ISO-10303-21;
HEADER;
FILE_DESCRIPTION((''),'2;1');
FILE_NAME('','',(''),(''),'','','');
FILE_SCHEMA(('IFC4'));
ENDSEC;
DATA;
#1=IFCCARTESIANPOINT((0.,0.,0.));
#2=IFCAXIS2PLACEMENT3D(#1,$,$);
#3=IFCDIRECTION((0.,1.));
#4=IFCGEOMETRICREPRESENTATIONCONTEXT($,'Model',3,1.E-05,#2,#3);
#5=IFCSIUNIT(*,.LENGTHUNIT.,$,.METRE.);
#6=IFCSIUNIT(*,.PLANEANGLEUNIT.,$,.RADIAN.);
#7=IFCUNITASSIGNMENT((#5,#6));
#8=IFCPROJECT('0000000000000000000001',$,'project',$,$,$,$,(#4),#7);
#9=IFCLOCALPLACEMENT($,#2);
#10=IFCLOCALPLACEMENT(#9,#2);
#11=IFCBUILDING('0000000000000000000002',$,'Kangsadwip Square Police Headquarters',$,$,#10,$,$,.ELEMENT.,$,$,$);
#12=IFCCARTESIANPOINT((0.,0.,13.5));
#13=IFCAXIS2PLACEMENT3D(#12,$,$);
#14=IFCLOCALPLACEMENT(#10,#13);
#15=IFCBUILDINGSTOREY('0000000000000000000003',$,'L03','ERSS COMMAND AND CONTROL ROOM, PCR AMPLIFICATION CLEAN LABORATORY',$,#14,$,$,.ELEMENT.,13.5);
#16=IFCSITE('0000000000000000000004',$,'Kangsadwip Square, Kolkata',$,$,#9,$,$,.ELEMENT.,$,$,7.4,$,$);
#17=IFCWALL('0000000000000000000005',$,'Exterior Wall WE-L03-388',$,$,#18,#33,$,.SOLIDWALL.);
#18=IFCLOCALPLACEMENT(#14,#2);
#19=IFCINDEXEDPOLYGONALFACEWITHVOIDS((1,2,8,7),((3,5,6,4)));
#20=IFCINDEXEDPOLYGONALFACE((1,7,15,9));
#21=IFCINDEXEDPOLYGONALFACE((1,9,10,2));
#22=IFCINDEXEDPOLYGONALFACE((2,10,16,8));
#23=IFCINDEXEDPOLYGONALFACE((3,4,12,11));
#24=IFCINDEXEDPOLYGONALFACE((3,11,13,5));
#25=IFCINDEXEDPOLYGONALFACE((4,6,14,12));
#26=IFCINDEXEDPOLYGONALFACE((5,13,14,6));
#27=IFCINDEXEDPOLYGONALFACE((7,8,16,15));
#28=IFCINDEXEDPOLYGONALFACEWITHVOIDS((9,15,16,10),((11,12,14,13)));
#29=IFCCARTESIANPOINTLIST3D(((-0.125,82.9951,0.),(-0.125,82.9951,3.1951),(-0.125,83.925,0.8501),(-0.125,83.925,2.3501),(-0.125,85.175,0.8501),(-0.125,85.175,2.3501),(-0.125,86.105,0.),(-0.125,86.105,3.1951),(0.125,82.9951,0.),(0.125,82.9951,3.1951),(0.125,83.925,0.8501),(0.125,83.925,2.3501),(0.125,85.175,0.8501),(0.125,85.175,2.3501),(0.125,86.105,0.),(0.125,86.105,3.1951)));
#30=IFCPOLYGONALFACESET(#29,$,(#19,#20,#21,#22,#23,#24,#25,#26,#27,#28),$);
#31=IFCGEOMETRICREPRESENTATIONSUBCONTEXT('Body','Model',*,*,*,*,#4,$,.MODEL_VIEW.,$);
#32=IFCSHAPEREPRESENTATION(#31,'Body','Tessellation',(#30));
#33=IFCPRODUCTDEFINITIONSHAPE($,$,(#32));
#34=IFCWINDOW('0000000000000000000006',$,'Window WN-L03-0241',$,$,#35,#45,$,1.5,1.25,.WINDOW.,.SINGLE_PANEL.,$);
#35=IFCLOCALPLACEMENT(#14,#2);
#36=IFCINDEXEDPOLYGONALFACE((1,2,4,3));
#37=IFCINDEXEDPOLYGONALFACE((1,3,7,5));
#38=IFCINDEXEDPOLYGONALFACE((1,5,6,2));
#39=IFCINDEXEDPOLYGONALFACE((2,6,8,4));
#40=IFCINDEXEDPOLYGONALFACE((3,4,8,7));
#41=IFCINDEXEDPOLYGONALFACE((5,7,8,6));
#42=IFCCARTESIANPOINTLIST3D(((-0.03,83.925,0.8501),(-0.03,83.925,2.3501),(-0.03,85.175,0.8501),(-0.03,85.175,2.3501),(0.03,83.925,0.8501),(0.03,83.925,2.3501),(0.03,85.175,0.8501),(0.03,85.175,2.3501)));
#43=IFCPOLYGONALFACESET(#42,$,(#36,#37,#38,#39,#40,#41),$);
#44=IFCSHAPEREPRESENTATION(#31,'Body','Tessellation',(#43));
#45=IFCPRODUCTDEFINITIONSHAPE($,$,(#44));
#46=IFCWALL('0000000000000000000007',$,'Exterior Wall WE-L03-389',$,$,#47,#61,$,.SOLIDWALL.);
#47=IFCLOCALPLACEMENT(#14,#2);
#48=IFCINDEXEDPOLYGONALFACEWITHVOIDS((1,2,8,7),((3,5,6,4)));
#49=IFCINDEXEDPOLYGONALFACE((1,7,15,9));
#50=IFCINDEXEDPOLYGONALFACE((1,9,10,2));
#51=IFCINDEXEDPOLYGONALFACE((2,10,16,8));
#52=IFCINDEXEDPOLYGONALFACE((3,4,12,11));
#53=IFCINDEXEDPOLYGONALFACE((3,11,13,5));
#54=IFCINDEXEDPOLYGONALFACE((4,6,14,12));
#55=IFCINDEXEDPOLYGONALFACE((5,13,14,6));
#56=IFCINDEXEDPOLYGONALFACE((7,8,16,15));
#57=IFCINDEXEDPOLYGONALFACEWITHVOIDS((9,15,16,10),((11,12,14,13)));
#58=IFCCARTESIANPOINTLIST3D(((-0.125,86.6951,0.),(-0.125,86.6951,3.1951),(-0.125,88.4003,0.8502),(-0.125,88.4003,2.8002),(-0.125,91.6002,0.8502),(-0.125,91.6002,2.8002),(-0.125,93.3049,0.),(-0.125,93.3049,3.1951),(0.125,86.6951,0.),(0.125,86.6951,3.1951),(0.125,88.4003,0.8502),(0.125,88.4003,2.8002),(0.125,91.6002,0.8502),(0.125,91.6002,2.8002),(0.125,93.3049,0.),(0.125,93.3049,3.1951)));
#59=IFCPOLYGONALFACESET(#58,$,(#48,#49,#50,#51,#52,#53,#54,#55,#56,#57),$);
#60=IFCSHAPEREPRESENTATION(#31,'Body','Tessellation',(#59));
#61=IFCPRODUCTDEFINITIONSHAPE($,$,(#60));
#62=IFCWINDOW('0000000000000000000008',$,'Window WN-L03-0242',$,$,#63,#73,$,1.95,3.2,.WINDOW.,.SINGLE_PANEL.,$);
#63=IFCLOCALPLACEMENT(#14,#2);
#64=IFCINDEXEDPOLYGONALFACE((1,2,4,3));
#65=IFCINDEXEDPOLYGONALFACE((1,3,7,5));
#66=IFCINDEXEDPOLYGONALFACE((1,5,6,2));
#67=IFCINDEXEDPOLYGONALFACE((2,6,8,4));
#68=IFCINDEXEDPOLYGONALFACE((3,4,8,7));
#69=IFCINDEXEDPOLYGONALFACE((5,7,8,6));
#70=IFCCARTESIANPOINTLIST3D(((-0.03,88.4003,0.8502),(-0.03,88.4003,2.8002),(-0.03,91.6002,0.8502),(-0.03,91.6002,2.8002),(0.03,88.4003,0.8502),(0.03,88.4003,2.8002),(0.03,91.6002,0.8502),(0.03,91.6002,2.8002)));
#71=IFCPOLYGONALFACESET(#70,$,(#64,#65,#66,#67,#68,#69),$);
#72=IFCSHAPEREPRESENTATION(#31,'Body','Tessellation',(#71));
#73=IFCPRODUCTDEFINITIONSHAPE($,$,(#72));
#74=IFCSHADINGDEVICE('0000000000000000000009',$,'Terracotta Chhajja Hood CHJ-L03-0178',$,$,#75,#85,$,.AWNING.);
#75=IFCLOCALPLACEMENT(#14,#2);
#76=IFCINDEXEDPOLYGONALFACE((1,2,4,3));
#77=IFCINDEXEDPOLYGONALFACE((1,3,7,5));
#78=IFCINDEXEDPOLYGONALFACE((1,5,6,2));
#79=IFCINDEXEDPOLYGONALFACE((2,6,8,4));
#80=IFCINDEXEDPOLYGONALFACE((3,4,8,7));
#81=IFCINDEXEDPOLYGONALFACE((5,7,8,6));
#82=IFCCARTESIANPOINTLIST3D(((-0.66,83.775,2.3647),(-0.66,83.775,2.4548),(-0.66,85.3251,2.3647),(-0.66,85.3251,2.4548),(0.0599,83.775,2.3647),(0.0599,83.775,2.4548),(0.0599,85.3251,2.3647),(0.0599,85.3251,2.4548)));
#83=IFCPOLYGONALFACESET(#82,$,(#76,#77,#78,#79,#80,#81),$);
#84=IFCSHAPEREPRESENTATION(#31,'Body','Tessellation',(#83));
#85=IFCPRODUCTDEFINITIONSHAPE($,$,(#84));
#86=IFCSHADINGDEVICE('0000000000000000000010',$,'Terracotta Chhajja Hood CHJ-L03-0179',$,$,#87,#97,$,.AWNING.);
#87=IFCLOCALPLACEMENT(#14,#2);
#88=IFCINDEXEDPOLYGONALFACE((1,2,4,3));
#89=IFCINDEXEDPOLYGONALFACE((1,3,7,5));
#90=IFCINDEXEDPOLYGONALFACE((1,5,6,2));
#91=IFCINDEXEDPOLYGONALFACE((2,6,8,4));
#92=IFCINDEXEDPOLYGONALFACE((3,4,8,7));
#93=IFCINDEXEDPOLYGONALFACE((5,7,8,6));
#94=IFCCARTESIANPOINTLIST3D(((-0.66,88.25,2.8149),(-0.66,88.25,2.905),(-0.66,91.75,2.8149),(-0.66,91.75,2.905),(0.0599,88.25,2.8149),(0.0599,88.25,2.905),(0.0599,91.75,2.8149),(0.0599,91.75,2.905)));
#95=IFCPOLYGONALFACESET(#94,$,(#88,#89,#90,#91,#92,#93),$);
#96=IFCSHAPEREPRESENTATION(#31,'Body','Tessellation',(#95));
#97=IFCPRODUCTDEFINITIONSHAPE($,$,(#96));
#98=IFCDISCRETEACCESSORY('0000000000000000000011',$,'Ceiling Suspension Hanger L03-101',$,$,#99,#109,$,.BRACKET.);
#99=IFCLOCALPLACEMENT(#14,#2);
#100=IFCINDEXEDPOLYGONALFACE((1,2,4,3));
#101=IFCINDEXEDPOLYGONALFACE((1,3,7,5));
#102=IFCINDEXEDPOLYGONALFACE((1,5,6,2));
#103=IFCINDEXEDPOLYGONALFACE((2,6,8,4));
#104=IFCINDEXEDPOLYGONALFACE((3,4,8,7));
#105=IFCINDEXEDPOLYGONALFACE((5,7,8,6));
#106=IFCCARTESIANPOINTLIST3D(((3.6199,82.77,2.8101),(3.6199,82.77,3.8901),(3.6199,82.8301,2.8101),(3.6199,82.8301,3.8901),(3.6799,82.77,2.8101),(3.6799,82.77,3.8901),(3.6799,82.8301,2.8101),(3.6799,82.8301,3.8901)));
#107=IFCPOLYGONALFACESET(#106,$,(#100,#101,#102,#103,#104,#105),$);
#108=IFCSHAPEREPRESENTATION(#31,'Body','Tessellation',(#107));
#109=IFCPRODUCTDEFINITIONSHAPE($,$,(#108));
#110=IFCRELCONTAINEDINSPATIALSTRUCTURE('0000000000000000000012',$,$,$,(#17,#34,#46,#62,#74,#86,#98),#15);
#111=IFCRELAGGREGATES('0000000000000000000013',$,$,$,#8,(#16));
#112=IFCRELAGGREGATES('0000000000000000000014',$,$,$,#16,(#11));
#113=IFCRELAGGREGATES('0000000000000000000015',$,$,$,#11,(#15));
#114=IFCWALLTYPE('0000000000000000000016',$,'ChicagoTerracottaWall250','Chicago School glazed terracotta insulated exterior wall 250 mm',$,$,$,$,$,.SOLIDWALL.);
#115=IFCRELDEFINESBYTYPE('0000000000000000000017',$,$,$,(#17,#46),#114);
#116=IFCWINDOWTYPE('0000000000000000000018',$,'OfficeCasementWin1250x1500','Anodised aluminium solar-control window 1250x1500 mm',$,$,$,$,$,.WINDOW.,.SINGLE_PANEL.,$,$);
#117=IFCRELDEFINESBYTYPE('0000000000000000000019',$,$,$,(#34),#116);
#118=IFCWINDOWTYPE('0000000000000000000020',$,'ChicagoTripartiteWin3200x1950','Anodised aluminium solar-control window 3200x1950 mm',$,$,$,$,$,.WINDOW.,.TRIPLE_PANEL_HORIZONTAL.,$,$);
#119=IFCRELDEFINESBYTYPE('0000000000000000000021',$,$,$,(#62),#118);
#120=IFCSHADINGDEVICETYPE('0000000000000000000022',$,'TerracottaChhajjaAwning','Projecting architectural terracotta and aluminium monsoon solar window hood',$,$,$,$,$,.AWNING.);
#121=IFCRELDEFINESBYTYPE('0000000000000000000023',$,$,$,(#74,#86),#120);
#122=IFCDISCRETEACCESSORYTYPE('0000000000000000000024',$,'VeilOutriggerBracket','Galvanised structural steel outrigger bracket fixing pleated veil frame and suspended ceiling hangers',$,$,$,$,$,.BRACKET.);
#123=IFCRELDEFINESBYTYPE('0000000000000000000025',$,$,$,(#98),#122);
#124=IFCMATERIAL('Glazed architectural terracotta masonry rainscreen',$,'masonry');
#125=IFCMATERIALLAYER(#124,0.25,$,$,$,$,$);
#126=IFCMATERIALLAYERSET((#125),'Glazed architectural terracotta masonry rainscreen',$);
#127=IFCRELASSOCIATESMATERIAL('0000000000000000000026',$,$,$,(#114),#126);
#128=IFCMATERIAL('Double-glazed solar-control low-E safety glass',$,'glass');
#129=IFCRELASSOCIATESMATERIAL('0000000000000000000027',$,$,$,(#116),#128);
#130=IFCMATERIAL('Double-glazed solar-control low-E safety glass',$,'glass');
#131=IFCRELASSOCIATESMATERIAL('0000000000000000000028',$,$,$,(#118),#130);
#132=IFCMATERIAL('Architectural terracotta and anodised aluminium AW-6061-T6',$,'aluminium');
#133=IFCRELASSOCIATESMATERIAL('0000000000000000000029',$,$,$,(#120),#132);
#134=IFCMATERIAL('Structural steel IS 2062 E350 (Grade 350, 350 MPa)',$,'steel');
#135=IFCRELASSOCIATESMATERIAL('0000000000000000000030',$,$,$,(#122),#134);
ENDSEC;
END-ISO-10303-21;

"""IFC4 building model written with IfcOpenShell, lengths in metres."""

from ifc_helpers import new_model, si_unit, direction, frame, frame_2d, origin, origin_2d, place, context, subcontext, project, spatial, rectangle, extrude, material, layer, layer_set, type_object, element, fill, save


model = new_model("IFC4")

# Units and contexts
model_context = context("Model", 3, precision=1e-05, world=origin(), true_north=direction((0.0, 1.0)))
body_context = subcontext(model_context, "Body", "Model", "MODEL_VIEW")
ifc_project = project(units=[si_unit("LENGTHUNIT", "METRE"), si_unit("PLANEANGLEUNIT", "RADIAN")], contexts=[model_context])

# Site, building, storey
site_placement = place(None, origin())
site = spatial("IfcSite", under=ifc_project, at=site_placement, Name="Kangsadwip Square, Kolkata", CompositionType="ELEMENT", RefElevation=7.4)
building_placement = place(site_placement, origin())
building = spatial("IfcBuilding", under=site, at=building_placement, Name="Kangsadwip Square Police Headquarters", CompositionType="ELEMENT")
storey_placement = place(building_placement, frame((0.0, 0.0, 13.5)))
storey = spatial("IfcBuildingStorey", under=building, at=storey_placement, Name="L03", Description="ERSS COMMAND AND CONTROL ROOM, PCR AMPLIFICATION CLEAN LABORATORY", CompositionType="ELEMENT", Elevation=13.5)

# Walls, openings, windows
ifc_material_1 = material(Name="Glazed architectural terracotta masonry rainscreen", Category="masonry")
ifc_layer_1 = layer(ifc_material_1, 0.25)
ifc_layer_set_1 = layer_set([ifc_layer_1], Name="Glazed architectural terracotta masonry rainscreen")
wall_type = type_object("IfcWallType", Name="ChicagoTerracottaWall250", Description="Chicago School glazed terracotta insulated exterior wall 250 mm", PredefinedType="SOLIDWALL", material=ifc_layer_set_1)
wall_1_placement = place(storey_placement, frame((0.0, 82.9951, 0.0), z_axis=(0.0, 0.0, 1.0), x_axis=(0.0, 1.0, 0.0)))
wall_1 = element("IfcWall", 1, at=wall_1_placement, inside=storey, type_object=wall_type, Name="Exterior Wall WE-L03-388", PredefinedType="SOLIDWALL", context=body_context, shape_type="SweptSolid", body=[
    extrude(rectangle(XDim=3.1099, YDim=0.25, at=frame_2d((1.5549, 0.0))), origin(), (0.0, 0.0, 1.0), 3.1951),
])
opening_1_placement = place(wall_1_placement, frame((0.9299, 0.0, 0.8501)))
opening_1 = element("IfcOpeningElement", 2, at=opening_1_placement, cuts=wall_1, PredefinedType="OPENING", context=body_context, shape_type="SweptSolid", body=[
    extrude(rectangle(XDim=1.25, YDim=1.5, at=frame_2d((0.625, 0.75))), frame((0.0, 0.135, 0.0), z_axis=(0.0, -1.0, 0.0), x_axis=(1.0, 0.0, 0.0)), (0.0, 0.0, 1.0), 0.27),
])
ifc_material_2 = material(Name="Double-glazed solar-control low-E safety glass", Category="glass")
window_type_1 = type_object("IfcWindowType", Name="OfficeCasementWin1250x1500", Description="Anodised aluminium solar-control window 1250x1500 mm", PartitioningType="SINGLE_PANEL", PredefinedType="WINDOW", material=ifc_material_2)
window_1_placement = place(opening_1_placement, origin())
window_1 = element("IfcWindow", 3, at=window_1_placement, inside=storey, type_object=window_type_1, Name="Window WN-L03-0241", OverallHeight=1.5, OverallWidth=1.25, PartitioningType="SINGLE_PANEL", PredefinedType="WINDOW", context=body_context, shape_type="SweptSolid", body=[
    extrude(rectangle(XDim=1.25, YDim=1.5, at=frame_2d((0.625, 0.75))), frame((0.0, 0.03, 0.0), z_axis=(0.0, -1.0, 0.0), x_axis=(1.0, 0.0, 0.0)), (0.0, 0.0, 1.0), 0.0601),
])
fill(opening_1, window_1)
wall_2_placement = place(storey_placement, frame((0.0, 86.6951, 0.0), z_axis=(0.0, 0.0, 1.0), x_axis=(0.0, 1.0, 0.0)))
wall_2 = element("IfcWall", 4, at=wall_2_placement, inside=storey, type_object=wall_type, Name="Exterior Wall WE-L03-389", PredefinedType="SOLIDWALL", context=body_context, shape_type="SweptSolid", body=[
    extrude(rectangle(XDim=6.6099, YDim=0.25, at=frame_2d((3.3049, 0.0))), origin(), (0.0, 0.0, 1.0), 3.1951),
])
opening_2_placement = place(wall_2_placement, frame((1.7051, 0.0, 0.8501)))
opening_2 = element("IfcOpeningElement", 5, at=opening_2_placement, cuts=wall_2, PredefinedType="OPENING", context=body_context, shape_type="SweptSolid", body=[
    extrude(rectangle(XDim=3.2, YDim=1.95, at=frame_2d((1.6001, 0.9751))), frame((0.0, 0.135, 0.0), z_axis=(0.0, -1.0, 0.0), x_axis=(1.0, 0.0, 0.0)), (0.0, 0.0, 1.0), 0.27),
])
ifc_material_3 = material(Name="Double-glazed solar-control low-E safety glass", Category="glass")
window_type_2 = type_object("IfcWindowType", Name="ChicagoTripartiteWin3200x1950", Description="Anodised aluminium solar-control window 3200x1950 mm", PartitioningType="TRIPLE_PANEL_HORIZONTAL", PredefinedType="WINDOW", material=ifc_material_3)
window_2_placement = place(opening_2_placement, origin())
window_2 = element("IfcWindow", 6, at=window_2_placement, inside=storey, type_object=window_type_2, Name="Window WN-L03-0242", OverallHeight=1.95, OverallWidth=3.2, PartitioningType="SINGLE_PANEL", PredefinedType="WINDOW", context=body_context, shape_type="SweptSolid", body=[
    extrude(rectangle(XDim=3.2, YDim=1.95, at=frame_2d((1.6001, 0.9751))), frame((0.0, 0.03, 0.0), z_axis=(0.0, -1.0, 0.0), x_axis=(1.0, 0.0, 0.0)), (0.0, 0.0, 1.0), 0.0601),
])
fill(opening_2, window_2)

# Shading devices
ifc_material_4 = material(Name="Architectural terracotta and anodised aluminium AW-6061-T6", Category="aluminium")
shading_device_type = type_object("IfcShadingDeviceType", Name="TerracottaChhajjaAwning", Description="Projecting architectural terracotta and aluminium monsoon solar window hood", PredefinedType="AWNING", material=ifc_material_4)
shading_device_1_placement = place(storey_placement, frame((-0.3, 84.55, 2.3647), z_axis=(0.0, 0.0, 1.0), x_axis=(0.0, 1.0, 0.0)))
element("IfcShadingDevice", 7, at=shading_device_1_placement, inside=storey, type_object=shading_device_type, Name="Terracotta Chhajja Hood CHJ-L03-0178", PredefinedType="AWNING", context=body_context, shape_type="SweptSolid", body=[
    extrude(rectangle(XDim=1.55, YDim=0.72, at=origin_2d()), origin(), (0.0, 0.0, 1.0), 0.0901),
])
shading_device_2_placement = place(storey_placement, frame((-0.3, 90.0, 2.8149), z_axis=(0.0, 0.0, 1.0), x_axis=(0.0, 1.0, 0.0)))
element("IfcShadingDevice", 8, at=shading_device_2_placement, inside=storey, type_object=shading_device_type, Name="Terracotta Chhajja Hood CHJ-L03-0179", PredefinedType="AWNING", context=body_context, shape_type="SweptSolid", body=[
    extrude(rectangle(XDim=3.5, YDim=0.72, at=origin_2d()), origin(), (0.0, 0.0, 1.0), 0.0901),
])

# Discrete accessory
ifc_material_5 = material(Name="Structural steel IS 2062 E350 (Grade 350, 350 MPa)", Category="steel")
discrete_accessory_type = type_object("IfcDiscreteAccessoryType", Name="VeilOutriggerBracket", Description="Galvanised structural steel outrigger bracket fixing pleated veil frame and suspended ceiling hangers", PredefinedType="BRACKET", material=ifc_material_5)
discrete_accessory_placement = place(storey_placement, frame((3.6499, 82.8, 2.8101), z_axis=(0.0, 0.0, 1.0), x_axis=(1.0, 0.0, 0.0)))
element("IfcDiscreteAccessory", 9, at=discrete_accessory_placement, inside=storey, type_object=discrete_accessory_type, Name="Ceiling Suspension Hanger L03-101", PredefinedType="BRACKET", context=body_context, shape_type="SweptSolid", body=[
    extrude(rectangle(XDim=0.0601, YDim=0.0601, at=origin_2d()), origin(), (0.0, 0.0, 1.0), 1.0801),
])

save(model, "model.ifc")
